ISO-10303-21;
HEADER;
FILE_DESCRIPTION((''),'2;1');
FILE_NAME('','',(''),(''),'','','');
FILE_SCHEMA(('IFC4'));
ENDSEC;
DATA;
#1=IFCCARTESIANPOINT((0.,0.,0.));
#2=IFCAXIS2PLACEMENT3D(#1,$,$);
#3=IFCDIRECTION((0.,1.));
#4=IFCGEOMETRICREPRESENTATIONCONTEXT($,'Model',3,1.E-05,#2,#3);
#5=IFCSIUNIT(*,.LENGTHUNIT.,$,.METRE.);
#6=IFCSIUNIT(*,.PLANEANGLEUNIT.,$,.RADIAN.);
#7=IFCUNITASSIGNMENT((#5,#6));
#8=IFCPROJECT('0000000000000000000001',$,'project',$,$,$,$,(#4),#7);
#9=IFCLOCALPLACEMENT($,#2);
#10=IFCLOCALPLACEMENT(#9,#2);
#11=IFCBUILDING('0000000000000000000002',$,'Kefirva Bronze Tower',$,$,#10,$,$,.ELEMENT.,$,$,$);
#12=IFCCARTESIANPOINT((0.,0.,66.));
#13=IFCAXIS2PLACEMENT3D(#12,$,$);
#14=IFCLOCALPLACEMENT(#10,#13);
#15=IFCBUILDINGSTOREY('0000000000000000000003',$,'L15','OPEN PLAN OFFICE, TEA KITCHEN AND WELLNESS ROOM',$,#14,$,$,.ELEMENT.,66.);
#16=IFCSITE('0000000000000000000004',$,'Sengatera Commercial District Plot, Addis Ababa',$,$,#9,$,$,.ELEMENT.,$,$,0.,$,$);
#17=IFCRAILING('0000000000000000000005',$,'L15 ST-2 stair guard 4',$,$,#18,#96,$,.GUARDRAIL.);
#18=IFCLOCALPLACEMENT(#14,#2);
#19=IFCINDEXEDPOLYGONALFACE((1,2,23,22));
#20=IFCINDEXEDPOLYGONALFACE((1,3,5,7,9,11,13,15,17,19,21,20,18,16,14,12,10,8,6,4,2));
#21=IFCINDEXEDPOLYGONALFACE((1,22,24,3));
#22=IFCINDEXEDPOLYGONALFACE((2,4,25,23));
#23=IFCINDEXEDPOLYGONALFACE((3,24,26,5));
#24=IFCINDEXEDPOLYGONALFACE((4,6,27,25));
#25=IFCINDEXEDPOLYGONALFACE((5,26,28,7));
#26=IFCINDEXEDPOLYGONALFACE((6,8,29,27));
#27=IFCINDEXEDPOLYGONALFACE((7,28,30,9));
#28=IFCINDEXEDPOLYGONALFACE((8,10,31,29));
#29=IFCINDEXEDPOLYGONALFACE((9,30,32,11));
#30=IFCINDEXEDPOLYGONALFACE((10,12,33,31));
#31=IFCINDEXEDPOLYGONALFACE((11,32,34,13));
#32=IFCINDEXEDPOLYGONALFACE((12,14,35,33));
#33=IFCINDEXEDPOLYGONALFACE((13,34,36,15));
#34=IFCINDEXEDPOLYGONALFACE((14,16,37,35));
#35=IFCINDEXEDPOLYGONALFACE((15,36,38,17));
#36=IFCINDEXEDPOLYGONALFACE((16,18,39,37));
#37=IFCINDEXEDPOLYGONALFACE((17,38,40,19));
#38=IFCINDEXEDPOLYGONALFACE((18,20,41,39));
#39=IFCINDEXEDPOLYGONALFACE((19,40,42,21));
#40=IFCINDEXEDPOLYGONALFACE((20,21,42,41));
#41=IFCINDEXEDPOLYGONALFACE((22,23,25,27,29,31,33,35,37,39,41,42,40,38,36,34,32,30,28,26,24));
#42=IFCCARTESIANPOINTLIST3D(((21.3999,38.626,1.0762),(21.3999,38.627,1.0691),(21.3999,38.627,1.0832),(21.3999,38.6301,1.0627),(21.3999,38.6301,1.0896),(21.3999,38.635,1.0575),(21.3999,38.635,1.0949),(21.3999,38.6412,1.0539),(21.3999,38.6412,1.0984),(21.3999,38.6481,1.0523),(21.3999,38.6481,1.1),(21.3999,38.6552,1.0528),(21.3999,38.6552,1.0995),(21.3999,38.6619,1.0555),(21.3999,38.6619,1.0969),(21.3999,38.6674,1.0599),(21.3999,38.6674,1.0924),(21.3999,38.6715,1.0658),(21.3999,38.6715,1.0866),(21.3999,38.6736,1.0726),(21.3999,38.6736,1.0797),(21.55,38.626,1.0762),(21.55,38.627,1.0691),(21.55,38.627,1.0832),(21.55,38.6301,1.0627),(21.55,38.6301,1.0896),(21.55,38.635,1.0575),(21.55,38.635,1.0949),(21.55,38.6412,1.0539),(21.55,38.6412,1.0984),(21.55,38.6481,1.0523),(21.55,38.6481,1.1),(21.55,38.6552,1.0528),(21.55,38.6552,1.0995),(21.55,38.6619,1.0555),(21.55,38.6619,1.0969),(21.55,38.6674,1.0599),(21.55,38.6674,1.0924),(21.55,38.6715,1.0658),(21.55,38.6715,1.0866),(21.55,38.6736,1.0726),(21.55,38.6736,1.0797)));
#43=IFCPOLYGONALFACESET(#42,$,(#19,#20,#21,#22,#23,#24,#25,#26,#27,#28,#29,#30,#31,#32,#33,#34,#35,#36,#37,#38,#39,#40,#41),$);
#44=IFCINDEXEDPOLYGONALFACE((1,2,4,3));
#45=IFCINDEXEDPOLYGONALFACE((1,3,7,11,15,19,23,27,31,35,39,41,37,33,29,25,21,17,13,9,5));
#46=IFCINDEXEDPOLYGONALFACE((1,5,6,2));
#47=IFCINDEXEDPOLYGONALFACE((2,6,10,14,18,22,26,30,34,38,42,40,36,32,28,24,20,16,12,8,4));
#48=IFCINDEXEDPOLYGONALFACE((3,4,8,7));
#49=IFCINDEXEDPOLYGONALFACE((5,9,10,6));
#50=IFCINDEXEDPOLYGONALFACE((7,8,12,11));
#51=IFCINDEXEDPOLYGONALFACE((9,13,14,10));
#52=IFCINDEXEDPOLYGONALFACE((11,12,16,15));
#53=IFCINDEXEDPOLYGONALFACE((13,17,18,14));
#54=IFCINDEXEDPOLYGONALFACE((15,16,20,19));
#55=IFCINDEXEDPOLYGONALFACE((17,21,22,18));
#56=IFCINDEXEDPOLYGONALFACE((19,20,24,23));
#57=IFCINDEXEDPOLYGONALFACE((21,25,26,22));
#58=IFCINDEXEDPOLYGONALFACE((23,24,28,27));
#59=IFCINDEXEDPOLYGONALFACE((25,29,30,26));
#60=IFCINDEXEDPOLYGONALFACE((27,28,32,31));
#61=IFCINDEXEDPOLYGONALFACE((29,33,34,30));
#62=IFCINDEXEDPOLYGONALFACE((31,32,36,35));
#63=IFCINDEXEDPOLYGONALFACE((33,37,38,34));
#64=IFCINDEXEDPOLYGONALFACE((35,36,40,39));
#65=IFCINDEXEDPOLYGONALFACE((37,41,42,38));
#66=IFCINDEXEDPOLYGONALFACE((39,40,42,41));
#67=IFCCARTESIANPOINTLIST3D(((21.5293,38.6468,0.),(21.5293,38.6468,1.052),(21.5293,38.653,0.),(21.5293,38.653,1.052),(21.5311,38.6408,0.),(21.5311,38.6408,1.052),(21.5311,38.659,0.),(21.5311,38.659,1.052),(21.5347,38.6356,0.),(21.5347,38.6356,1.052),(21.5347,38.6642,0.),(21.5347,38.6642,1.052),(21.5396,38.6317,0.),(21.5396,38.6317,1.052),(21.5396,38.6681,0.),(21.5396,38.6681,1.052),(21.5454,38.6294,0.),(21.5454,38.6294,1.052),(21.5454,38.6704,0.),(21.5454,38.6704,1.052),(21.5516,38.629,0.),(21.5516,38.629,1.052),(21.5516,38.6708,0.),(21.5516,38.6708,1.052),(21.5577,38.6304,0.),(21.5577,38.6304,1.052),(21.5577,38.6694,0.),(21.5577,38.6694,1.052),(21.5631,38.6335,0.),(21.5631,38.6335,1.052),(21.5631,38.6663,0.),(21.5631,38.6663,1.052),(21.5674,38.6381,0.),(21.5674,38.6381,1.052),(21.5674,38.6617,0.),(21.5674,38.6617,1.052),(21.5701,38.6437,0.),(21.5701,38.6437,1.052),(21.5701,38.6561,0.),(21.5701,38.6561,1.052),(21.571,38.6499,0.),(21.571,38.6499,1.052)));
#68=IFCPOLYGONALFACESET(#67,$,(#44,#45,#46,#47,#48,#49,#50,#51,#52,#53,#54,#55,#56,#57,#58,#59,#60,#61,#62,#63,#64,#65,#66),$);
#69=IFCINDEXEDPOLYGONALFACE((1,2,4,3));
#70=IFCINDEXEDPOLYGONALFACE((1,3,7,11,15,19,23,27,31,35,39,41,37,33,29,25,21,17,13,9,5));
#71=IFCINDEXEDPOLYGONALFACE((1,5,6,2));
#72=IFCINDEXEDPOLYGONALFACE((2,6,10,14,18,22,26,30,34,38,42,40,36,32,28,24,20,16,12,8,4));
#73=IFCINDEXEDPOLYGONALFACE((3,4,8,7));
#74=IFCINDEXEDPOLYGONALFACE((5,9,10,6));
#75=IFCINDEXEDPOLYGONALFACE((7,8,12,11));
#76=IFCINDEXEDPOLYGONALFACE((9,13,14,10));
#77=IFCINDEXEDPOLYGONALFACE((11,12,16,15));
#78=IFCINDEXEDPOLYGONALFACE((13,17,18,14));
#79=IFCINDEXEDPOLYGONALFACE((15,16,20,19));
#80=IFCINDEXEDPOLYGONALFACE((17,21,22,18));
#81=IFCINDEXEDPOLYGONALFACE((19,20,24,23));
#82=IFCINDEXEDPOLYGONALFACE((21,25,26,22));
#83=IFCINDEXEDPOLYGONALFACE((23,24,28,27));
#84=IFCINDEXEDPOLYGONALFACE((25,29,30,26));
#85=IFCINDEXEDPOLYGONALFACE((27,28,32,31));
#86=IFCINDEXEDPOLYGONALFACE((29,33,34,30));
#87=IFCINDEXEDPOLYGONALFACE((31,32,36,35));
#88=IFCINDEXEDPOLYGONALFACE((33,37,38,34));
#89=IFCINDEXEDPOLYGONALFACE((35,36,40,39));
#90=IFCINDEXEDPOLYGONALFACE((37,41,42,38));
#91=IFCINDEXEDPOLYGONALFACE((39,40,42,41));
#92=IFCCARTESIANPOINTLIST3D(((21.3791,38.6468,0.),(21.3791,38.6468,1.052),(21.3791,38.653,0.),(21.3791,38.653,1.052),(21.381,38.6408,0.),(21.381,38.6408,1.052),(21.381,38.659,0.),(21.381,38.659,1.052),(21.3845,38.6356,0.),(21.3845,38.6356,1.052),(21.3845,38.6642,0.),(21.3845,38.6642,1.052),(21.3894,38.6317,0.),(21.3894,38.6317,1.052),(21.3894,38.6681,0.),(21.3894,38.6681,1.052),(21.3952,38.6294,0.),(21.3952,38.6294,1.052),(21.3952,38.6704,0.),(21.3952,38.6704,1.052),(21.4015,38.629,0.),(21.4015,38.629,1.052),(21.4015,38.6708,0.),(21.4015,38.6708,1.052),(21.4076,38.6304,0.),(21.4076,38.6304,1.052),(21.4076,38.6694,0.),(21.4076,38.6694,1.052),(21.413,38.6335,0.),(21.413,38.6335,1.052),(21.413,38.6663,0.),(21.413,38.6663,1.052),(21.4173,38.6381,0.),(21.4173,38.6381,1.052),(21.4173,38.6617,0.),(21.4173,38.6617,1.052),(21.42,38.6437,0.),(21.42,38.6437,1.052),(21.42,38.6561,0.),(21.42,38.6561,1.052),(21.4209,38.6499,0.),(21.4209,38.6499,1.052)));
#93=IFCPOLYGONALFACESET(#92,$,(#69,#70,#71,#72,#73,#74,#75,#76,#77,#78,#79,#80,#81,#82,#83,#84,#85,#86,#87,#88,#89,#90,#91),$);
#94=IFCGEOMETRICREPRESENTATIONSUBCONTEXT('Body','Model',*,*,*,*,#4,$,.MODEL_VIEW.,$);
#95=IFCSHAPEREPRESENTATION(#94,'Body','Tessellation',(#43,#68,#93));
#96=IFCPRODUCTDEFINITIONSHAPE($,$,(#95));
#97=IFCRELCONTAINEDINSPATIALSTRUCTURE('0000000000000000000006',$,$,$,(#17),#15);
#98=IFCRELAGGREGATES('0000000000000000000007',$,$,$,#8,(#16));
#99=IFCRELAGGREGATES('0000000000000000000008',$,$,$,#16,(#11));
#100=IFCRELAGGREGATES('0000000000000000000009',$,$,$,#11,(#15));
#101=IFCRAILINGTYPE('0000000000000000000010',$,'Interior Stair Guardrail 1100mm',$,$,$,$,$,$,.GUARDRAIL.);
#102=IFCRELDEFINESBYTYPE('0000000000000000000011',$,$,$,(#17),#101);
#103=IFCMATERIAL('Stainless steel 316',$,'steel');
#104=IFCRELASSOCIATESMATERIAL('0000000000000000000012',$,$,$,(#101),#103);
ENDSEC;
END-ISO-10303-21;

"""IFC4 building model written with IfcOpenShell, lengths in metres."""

from ifc_helpers import new_model, si_unit, direction, frame, origin, origin_2d, place, context, subcontext, project, spatial, circle, extrude, material, type_object, element, save


model = new_model("IFC4")

# Units and contexts
model_context = context("Model", 3, precision=1e-05, world=origin(), true_north=direction((0.0, 1.0)))
body_context = subcontext(model_context, "Body", "Model", "MODEL_VIEW")
ifc_project = project(units=[si_unit("LENGTHUNIT", "METRE"), si_unit("PLANEANGLEUNIT", "RADIAN")], contexts=[model_context])

# Site, building, storey
site_placement = place(None, origin())
site = spatial("IfcSite", under=ifc_project, at=site_placement, Name="Sengatera Commercial District Plot, Addis Ababa", CompositionType="ELEMENT", RefElevation=0.0)
building_placement = place(site_placement, origin())
building = spatial("IfcBuilding", under=site, at=building_placement, Name="Kefirva Bronze Tower", CompositionType="ELEMENT")
storey_placement = place(building_placement, frame((0.0, 0.0, 66.0)))
storey = spatial("IfcBuildingStorey", under=building, at=storey_placement, Name="L15", Description="OPEN PLAN OFFICE, TEA KITCHEN AND WELLNESS ROOM", CompositionType="ELEMENT", Elevation=66.0)

# Railing
ifc_material_1 = material(Name="Stainless steel 316", Category="steel")
railing_type = type_object("IfcRailingType", Name="Interior Stair Guardrail 1100mm", PredefinedType="GUARDRAIL", material=ifc_material_1)
railing_placement = place(storey_placement, frame((21.55, 38.6499, 0.0)))
element("IfcRailing", 1, at=railing_placement, inside=storey, type_object=railing_type, Name="L15 ST-2 stair guard 4", PredefinedType="GUARDRAIL", context=body_context, shape_type="SweptSolid", body=[
    extrude(circle(Radius=0.0239, at=origin_2d()), frame((0.0, 0.0, 1.0762), z_axis=(-1.0, 0.0, 0.0), x_axis=(0.0, -1.0, 0.0)), (0.0, 0.0, 1.0), 0.1501),
    extrude(circle(Radius=0.021, at=origin_2d()), origin(), (0.0, 0.0, 1.0), 1.052),
    extrude(circle(Radius=0.021, at=origin_2d()), frame((-0.1501, 0.0, 0.0)), (0.0, 0.0, 1.0), 1.052),
])

save(model, "model.ifc")
